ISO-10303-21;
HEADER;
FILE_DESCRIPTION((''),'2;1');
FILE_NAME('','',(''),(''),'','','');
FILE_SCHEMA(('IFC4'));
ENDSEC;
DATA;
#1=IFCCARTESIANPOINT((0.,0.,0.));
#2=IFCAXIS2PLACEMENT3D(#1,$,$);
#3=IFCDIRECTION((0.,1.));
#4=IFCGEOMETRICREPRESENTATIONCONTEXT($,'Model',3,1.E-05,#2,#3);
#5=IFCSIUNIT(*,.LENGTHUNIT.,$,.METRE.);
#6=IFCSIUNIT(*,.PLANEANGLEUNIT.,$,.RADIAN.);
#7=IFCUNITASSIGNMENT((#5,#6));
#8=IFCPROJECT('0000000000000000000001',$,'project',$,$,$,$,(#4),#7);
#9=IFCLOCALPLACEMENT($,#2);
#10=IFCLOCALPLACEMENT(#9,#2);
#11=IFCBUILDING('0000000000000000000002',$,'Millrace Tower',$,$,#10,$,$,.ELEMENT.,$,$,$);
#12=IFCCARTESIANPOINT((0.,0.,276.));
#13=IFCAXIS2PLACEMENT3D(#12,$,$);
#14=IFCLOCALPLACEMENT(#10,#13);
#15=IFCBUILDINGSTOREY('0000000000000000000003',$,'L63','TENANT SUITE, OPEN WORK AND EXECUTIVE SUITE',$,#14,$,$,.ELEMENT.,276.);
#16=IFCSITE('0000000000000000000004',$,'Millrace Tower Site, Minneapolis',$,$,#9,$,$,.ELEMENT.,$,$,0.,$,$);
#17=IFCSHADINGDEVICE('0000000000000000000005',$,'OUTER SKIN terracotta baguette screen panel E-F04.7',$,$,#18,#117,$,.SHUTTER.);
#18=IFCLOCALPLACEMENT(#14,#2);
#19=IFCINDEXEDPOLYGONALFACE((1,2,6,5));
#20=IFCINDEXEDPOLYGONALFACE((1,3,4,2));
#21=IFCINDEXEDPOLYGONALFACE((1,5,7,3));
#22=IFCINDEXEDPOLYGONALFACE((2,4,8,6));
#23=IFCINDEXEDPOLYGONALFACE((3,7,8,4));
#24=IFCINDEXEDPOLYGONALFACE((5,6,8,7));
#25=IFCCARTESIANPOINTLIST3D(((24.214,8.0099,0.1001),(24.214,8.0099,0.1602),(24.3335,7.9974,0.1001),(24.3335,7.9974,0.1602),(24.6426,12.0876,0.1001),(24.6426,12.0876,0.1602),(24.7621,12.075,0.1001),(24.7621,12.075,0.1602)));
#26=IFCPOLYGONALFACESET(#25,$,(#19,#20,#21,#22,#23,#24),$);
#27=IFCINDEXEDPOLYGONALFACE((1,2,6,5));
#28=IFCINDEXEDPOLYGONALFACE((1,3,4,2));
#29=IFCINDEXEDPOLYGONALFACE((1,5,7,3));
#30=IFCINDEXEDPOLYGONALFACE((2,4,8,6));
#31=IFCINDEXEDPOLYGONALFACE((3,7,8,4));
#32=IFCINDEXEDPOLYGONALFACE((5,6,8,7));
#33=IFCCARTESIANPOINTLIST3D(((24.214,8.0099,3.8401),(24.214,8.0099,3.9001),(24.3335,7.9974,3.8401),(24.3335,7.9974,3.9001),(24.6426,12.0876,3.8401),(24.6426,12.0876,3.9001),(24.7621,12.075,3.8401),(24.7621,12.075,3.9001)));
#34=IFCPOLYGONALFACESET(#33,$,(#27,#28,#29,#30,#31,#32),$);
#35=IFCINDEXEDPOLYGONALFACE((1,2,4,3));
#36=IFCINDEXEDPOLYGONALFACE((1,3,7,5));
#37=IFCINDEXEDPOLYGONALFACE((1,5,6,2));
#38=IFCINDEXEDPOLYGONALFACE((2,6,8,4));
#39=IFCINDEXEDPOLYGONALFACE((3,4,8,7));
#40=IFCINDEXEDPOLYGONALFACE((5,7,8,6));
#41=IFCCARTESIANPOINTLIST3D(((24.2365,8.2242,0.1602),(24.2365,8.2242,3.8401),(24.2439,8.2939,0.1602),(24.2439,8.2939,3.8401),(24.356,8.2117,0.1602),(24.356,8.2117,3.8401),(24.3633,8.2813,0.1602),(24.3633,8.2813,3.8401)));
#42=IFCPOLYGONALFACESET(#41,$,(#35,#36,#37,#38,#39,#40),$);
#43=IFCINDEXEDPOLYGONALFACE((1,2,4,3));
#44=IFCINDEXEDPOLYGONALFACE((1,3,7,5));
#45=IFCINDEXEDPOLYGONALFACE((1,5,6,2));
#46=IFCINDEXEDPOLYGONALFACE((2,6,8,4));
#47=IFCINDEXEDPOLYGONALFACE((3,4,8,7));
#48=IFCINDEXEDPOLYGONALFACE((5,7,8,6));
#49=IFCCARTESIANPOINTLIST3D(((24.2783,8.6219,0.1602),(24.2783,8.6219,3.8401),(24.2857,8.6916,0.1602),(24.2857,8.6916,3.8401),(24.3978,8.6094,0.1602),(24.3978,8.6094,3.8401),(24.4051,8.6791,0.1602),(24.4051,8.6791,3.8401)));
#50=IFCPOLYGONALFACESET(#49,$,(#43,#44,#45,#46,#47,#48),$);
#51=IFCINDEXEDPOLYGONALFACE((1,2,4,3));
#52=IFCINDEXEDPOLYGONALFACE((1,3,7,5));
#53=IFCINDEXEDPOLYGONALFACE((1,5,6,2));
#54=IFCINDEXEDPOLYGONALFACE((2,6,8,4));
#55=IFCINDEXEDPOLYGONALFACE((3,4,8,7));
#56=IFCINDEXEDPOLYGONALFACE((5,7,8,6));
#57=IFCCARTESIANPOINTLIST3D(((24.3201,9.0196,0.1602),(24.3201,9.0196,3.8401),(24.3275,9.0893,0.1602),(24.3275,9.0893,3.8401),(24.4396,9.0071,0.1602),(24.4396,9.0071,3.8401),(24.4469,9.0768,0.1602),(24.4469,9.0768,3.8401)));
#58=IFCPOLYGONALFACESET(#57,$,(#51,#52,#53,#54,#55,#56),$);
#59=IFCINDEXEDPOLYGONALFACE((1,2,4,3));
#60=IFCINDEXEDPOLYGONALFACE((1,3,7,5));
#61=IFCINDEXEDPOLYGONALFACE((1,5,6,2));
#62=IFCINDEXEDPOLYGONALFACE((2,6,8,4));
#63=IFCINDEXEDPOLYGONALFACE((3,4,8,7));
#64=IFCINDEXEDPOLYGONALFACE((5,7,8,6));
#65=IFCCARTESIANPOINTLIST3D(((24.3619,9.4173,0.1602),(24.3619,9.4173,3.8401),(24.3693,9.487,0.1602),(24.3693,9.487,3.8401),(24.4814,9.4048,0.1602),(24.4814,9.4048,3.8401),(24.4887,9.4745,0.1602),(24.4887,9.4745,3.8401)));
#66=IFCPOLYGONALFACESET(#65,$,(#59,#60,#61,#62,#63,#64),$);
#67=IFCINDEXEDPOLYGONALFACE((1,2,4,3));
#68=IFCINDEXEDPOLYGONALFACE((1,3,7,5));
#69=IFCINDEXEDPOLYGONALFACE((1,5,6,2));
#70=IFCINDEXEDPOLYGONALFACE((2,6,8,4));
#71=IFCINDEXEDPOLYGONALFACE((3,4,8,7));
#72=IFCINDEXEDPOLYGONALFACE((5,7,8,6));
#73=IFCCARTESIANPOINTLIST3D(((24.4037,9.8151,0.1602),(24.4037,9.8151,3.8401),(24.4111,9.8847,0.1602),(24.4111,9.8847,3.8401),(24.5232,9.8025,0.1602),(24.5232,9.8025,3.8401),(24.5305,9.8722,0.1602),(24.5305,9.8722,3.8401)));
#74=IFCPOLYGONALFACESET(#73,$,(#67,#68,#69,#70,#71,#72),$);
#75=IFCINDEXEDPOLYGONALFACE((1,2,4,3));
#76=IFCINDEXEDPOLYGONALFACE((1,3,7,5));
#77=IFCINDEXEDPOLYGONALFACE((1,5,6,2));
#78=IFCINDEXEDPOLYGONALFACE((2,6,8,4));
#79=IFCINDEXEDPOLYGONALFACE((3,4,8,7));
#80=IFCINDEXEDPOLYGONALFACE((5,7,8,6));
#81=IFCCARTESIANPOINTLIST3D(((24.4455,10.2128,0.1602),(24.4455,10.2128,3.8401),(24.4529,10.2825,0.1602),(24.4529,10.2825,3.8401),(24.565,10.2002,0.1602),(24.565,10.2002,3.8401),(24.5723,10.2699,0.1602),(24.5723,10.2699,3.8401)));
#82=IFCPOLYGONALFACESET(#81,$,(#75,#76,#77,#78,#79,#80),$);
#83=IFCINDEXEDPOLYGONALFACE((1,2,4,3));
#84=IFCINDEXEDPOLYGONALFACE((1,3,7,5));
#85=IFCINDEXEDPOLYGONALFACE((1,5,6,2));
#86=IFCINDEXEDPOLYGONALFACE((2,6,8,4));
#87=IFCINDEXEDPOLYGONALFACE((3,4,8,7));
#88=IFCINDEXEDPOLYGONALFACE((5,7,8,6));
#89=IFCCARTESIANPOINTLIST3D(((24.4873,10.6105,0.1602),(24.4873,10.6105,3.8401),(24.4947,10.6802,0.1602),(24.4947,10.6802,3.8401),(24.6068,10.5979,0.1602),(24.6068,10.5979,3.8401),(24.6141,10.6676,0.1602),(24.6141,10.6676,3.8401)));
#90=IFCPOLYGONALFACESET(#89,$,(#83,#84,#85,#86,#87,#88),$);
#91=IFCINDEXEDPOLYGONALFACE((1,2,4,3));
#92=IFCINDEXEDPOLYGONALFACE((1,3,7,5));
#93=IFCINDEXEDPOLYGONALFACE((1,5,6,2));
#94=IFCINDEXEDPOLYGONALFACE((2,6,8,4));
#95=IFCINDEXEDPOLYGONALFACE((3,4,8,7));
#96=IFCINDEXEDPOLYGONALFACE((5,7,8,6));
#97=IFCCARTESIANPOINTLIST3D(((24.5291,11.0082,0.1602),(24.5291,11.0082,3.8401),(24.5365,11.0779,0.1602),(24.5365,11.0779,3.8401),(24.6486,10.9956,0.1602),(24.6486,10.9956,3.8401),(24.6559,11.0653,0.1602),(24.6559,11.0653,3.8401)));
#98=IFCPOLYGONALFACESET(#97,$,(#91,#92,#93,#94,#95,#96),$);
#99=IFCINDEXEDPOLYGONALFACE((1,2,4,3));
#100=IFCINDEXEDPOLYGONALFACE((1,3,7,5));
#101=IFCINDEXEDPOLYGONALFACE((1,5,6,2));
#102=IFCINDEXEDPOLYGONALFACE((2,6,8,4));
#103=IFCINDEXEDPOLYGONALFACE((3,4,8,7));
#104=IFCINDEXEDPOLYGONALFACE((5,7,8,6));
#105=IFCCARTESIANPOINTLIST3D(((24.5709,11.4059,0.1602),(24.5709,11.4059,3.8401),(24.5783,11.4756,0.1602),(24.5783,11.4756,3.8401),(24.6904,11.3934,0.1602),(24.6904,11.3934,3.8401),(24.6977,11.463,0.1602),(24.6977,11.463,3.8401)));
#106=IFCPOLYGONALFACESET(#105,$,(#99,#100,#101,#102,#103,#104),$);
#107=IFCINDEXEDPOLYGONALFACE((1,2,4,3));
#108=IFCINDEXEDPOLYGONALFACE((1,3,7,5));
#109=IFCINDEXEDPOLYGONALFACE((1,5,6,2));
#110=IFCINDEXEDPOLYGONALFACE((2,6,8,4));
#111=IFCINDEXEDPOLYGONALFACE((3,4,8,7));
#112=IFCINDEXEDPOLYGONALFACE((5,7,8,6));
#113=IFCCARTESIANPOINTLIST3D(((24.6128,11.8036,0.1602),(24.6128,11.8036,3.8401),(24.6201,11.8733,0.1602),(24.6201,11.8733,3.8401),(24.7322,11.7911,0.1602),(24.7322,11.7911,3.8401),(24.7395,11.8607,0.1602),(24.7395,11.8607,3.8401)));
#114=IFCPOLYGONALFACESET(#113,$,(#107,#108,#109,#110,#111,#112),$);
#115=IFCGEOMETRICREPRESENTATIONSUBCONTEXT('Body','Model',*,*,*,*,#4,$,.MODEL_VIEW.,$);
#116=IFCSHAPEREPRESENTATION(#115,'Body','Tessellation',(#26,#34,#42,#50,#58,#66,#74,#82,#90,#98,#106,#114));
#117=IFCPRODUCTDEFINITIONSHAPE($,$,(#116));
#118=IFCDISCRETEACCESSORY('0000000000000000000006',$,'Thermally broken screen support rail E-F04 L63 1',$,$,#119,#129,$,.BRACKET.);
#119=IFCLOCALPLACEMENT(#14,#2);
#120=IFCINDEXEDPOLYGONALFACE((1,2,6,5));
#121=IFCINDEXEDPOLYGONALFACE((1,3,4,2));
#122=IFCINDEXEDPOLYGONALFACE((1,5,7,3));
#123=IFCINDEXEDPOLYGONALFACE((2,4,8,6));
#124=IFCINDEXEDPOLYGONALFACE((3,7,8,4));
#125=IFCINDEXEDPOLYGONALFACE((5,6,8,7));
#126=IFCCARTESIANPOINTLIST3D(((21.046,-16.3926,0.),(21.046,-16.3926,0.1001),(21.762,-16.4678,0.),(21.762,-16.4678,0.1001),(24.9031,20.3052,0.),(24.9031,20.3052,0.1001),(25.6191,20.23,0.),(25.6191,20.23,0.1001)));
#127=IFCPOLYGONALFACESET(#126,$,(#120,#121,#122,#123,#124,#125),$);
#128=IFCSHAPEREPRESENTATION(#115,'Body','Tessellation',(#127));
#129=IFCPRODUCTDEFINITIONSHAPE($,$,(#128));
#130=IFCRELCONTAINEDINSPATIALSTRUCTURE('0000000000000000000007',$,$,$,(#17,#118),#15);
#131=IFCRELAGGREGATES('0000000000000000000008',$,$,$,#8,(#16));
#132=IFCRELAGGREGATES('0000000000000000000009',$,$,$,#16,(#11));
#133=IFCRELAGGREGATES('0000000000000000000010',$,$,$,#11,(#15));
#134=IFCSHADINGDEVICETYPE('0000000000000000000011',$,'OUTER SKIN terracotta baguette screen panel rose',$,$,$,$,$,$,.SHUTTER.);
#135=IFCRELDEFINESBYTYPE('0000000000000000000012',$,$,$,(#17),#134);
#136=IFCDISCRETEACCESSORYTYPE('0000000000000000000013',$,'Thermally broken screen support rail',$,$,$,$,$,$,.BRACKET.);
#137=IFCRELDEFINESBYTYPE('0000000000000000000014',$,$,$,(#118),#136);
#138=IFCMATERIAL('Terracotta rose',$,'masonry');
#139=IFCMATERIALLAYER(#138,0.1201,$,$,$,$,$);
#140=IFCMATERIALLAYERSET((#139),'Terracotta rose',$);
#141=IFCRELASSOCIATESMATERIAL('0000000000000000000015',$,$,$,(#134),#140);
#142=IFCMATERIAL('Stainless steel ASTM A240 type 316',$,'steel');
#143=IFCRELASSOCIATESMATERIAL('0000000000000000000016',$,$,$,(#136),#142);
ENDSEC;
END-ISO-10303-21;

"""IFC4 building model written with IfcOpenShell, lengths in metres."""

from ifc_helpers import new_model, entity, si_unit, direction, frame, frame_2d, origin, origin_2d, place, context, subcontext, project, spatial, rectangle, extrude, source, transform, mapped, material, layer, layer_set, type_object, element, save


model = new_model("IFC4")

# Units and contexts
model_context = context("Model", 3, precision=1e-05, world=origin(), true_north=direction((0.0, 1.0)))
body_context = subcontext(model_context, "Body", "Model", "MODEL_VIEW")
ifc_project = project(units=[si_unit("LENGTHUNIT", "METRE"), si_unit("PLANEANGLEUNIT", "RADIAN")], contexts=[model_context])

# Site, building, storey
site_placement = place(None, origin())
site = spatial("IfcSite", under=ifc_project, at=site_placement, Name="Millrace Tower Site, Minneapolis", CompositionType="ELEMENT", RefElevation=0.0)
building_placement = place(site_placement, origin())
building = spatial("IfcBuilding", under=site, at=building_placement, Name="Millrace Tower", CompositionType="ELEMENT")
storey_placement = place(building_placement, frame((0.0, 0.0, 276.0)))
storey = spatial("IfcBuildingStorey", under=building, at=storey_placement, Name="L63", Description="TENANT SUITE, OPEN WORK AND EXECUTIVE SUITE", CompositionType="ELEMENT", Elevation=276.0)

# Shading device
ifc_material_1 = material(Name="Terracotta rose", Category="masonry")
ifc_layer_1 = layer(ifc_material_1, 0.1201)
ifc_layer_set_1 = layer_set([ifc_layer_1], Name="Terracotta rose")
shading_device_type = type_object("IfcShadingDeviceType", Name="OUTER SKIN terracotta baguette screen panel rose", PredefinedType="SHUTTER", material=ifc_layer_set_1)
cartesian_point = entity("IfcCartesianPoint", [-2.05, 0.0601])
shared_polyline = entity("IfcPolyline", [cartesian_point, entity("IfcCartesianPoint", [2.05, 0.0601]), entity("IfcCartesianPoint", [2.05, -0.0601]), entity("IfcCartesianPoint", [-2.05, -0.0601]), cartesian_point])
shared_shape = source(origin(), body_context, "Body", "SweptSolid", [
    entity("IfcExtrudedAreaSolid", entity("IfcArbitraryClosedProfileDef", "AREA", None, shared_polyline), entity("IfcAxis2Placement3D", entity("IfcCartesianPoint", [0.0, 0.0, 0.0])), entity("IfcDirection", [0.0, 0.0, 1.0]), 0.0601),
    entity("IfcExtrudedAreaSolid", entity("IfcArbitraryClosedProfileDef", "AREA", None, shared_polyline), entity("IfcAxis2Placement3D", entity("IfcCartesianPoint", [0.0, 0.0, 3.74])), entity("IfcDirection", [0.0, 0.0, 1.0]), 0.0601),
    extrude(rectangle(XDim=0.0701, YDim=0.1201, at=frame_2d((-1.7996, 0.0))), frame((0.0, 0.0, 0.0601)), (0.0, 0.0, 1.0), 3.6799),
    extrude(rectangle(XDim=0.0701, YDim=0.1201, at=frame_2d((-1.3997, 0.0))), frame((0.0, 0.0, 0.0601)), (0.0, 0.0, 1.0), 3.6799),
    extrude(rectangle(XDim=0.0701, YDim=0.1201, at=frame_2d((-0.9998, 0.0))), frame((0.0, 0.0, 0.0601)), (0.0, 0.0, 1.0), 3.6799),
    extrude(rectangle(XDim=0.0701, YDim=0.1201, at=frame_2d((-0.5999, 0.0))), frame((0.0, 0.0, 0.0601)), (0.0, 0.0, 1.0), 3.6799),
    extrude(rectangle(XDim=0.0701, YDim=0.1201, at=frame_2d((-0.2, 0.0))), frame((0.0, 0.0, 0.0601)), (0.0, 0.0, 1.0), 3.6799),
    extrude(rectangle(XDim=0.0701, YDim=0.1201, at=frame_2d((0.2, 0.0))), frame((0.0, 0.0, 0.0601)), (0.0, 0.0, 1.0), 3.6799),
    extrude(rectangle(XDim=0.0701, YDim=0.1201, at=frame_2d((0.5999, 0.0))), frame((0.0, 0.0, 0.0601)), (0.0, 0.0, 1.0), 3.6799),
    extrude(rectangle(XDim=0.0701, YDim=0.1201, at=frame_2d((0.9998, 0.0))), frame((0.0, 0.0, 0.0601)), (0.0, 0.0, 1.0), 3.6799),
    extrude(rectangle(XDim=0.0701, YDim=0.1201, at=frame_2d((1.3997, 0.0))), frame((0.0, 0.0, 0.0601)), (0.0, 0.0, 1.0), 3.6799),
    extrude(rectangle(XDim=0.0701, YDim=0.1201, at=frame_2d((1.7996, 0.0))), frame((0.0, 0.0, 0.0601)), (0.0, 0.0, 1.0), 3.6799),
])
for number, where, z_axis, x_axis, name in (
    (1, (24.488, 10.0425, 0.1001), (0.0, 0.0, 1.0), (0.104528, 0.994522, 0.0), "OUTER SKIN terracotta baguette screen panel E-F04.7"),
):
    element("IfcShadingDevice", number, at=place(storey_placement, frame(where, z_axis=z_axis, x_axis=x_axis)), inside=storey, type_object=shading_device_type, Name=name, PredefinedType="SHUTTER", context=body_context, shape_type="MappedRepresentation", body=[
        mapped(shared_shape, transform((0.0, 0.0, 0.0), scale=1.0)),
    ])

# Discrete accessory
ifc_material_2 = material(Name="Stainless steel ASTM A240 type 316", Category="steel")
discrete_accessory_type = type_object("IfcDiscreteAccessoryType", Name="Thermally broken screen support rail", PredefinedType="BRACKET", material=ifc_material_2)
discrete_accessory_placement = place(storey_placement, frame((23.3325, 1.9187, 0.0), z_axis=(0.0, 0.0, 1.0), x_axis=(0.104528, 0.994522, 0.0)))
element("IfcDiscreteAccessory", 2, at=discrete_accessory_placement, inside=storey, type_object=discrete_accessory_type, Name="Thermally broken screen support rail E-F04 L63 1", PredefinedType="BRACKET", context=body_context, shape_type="SweptSolid", body=[
    extrude(rectangle(XDim=36.8999, YDim=0.72, at=origin_2d()), origin(), (0.0, 0.0, 1.0), 0.1001),
])

save(model, "model.ifc")
